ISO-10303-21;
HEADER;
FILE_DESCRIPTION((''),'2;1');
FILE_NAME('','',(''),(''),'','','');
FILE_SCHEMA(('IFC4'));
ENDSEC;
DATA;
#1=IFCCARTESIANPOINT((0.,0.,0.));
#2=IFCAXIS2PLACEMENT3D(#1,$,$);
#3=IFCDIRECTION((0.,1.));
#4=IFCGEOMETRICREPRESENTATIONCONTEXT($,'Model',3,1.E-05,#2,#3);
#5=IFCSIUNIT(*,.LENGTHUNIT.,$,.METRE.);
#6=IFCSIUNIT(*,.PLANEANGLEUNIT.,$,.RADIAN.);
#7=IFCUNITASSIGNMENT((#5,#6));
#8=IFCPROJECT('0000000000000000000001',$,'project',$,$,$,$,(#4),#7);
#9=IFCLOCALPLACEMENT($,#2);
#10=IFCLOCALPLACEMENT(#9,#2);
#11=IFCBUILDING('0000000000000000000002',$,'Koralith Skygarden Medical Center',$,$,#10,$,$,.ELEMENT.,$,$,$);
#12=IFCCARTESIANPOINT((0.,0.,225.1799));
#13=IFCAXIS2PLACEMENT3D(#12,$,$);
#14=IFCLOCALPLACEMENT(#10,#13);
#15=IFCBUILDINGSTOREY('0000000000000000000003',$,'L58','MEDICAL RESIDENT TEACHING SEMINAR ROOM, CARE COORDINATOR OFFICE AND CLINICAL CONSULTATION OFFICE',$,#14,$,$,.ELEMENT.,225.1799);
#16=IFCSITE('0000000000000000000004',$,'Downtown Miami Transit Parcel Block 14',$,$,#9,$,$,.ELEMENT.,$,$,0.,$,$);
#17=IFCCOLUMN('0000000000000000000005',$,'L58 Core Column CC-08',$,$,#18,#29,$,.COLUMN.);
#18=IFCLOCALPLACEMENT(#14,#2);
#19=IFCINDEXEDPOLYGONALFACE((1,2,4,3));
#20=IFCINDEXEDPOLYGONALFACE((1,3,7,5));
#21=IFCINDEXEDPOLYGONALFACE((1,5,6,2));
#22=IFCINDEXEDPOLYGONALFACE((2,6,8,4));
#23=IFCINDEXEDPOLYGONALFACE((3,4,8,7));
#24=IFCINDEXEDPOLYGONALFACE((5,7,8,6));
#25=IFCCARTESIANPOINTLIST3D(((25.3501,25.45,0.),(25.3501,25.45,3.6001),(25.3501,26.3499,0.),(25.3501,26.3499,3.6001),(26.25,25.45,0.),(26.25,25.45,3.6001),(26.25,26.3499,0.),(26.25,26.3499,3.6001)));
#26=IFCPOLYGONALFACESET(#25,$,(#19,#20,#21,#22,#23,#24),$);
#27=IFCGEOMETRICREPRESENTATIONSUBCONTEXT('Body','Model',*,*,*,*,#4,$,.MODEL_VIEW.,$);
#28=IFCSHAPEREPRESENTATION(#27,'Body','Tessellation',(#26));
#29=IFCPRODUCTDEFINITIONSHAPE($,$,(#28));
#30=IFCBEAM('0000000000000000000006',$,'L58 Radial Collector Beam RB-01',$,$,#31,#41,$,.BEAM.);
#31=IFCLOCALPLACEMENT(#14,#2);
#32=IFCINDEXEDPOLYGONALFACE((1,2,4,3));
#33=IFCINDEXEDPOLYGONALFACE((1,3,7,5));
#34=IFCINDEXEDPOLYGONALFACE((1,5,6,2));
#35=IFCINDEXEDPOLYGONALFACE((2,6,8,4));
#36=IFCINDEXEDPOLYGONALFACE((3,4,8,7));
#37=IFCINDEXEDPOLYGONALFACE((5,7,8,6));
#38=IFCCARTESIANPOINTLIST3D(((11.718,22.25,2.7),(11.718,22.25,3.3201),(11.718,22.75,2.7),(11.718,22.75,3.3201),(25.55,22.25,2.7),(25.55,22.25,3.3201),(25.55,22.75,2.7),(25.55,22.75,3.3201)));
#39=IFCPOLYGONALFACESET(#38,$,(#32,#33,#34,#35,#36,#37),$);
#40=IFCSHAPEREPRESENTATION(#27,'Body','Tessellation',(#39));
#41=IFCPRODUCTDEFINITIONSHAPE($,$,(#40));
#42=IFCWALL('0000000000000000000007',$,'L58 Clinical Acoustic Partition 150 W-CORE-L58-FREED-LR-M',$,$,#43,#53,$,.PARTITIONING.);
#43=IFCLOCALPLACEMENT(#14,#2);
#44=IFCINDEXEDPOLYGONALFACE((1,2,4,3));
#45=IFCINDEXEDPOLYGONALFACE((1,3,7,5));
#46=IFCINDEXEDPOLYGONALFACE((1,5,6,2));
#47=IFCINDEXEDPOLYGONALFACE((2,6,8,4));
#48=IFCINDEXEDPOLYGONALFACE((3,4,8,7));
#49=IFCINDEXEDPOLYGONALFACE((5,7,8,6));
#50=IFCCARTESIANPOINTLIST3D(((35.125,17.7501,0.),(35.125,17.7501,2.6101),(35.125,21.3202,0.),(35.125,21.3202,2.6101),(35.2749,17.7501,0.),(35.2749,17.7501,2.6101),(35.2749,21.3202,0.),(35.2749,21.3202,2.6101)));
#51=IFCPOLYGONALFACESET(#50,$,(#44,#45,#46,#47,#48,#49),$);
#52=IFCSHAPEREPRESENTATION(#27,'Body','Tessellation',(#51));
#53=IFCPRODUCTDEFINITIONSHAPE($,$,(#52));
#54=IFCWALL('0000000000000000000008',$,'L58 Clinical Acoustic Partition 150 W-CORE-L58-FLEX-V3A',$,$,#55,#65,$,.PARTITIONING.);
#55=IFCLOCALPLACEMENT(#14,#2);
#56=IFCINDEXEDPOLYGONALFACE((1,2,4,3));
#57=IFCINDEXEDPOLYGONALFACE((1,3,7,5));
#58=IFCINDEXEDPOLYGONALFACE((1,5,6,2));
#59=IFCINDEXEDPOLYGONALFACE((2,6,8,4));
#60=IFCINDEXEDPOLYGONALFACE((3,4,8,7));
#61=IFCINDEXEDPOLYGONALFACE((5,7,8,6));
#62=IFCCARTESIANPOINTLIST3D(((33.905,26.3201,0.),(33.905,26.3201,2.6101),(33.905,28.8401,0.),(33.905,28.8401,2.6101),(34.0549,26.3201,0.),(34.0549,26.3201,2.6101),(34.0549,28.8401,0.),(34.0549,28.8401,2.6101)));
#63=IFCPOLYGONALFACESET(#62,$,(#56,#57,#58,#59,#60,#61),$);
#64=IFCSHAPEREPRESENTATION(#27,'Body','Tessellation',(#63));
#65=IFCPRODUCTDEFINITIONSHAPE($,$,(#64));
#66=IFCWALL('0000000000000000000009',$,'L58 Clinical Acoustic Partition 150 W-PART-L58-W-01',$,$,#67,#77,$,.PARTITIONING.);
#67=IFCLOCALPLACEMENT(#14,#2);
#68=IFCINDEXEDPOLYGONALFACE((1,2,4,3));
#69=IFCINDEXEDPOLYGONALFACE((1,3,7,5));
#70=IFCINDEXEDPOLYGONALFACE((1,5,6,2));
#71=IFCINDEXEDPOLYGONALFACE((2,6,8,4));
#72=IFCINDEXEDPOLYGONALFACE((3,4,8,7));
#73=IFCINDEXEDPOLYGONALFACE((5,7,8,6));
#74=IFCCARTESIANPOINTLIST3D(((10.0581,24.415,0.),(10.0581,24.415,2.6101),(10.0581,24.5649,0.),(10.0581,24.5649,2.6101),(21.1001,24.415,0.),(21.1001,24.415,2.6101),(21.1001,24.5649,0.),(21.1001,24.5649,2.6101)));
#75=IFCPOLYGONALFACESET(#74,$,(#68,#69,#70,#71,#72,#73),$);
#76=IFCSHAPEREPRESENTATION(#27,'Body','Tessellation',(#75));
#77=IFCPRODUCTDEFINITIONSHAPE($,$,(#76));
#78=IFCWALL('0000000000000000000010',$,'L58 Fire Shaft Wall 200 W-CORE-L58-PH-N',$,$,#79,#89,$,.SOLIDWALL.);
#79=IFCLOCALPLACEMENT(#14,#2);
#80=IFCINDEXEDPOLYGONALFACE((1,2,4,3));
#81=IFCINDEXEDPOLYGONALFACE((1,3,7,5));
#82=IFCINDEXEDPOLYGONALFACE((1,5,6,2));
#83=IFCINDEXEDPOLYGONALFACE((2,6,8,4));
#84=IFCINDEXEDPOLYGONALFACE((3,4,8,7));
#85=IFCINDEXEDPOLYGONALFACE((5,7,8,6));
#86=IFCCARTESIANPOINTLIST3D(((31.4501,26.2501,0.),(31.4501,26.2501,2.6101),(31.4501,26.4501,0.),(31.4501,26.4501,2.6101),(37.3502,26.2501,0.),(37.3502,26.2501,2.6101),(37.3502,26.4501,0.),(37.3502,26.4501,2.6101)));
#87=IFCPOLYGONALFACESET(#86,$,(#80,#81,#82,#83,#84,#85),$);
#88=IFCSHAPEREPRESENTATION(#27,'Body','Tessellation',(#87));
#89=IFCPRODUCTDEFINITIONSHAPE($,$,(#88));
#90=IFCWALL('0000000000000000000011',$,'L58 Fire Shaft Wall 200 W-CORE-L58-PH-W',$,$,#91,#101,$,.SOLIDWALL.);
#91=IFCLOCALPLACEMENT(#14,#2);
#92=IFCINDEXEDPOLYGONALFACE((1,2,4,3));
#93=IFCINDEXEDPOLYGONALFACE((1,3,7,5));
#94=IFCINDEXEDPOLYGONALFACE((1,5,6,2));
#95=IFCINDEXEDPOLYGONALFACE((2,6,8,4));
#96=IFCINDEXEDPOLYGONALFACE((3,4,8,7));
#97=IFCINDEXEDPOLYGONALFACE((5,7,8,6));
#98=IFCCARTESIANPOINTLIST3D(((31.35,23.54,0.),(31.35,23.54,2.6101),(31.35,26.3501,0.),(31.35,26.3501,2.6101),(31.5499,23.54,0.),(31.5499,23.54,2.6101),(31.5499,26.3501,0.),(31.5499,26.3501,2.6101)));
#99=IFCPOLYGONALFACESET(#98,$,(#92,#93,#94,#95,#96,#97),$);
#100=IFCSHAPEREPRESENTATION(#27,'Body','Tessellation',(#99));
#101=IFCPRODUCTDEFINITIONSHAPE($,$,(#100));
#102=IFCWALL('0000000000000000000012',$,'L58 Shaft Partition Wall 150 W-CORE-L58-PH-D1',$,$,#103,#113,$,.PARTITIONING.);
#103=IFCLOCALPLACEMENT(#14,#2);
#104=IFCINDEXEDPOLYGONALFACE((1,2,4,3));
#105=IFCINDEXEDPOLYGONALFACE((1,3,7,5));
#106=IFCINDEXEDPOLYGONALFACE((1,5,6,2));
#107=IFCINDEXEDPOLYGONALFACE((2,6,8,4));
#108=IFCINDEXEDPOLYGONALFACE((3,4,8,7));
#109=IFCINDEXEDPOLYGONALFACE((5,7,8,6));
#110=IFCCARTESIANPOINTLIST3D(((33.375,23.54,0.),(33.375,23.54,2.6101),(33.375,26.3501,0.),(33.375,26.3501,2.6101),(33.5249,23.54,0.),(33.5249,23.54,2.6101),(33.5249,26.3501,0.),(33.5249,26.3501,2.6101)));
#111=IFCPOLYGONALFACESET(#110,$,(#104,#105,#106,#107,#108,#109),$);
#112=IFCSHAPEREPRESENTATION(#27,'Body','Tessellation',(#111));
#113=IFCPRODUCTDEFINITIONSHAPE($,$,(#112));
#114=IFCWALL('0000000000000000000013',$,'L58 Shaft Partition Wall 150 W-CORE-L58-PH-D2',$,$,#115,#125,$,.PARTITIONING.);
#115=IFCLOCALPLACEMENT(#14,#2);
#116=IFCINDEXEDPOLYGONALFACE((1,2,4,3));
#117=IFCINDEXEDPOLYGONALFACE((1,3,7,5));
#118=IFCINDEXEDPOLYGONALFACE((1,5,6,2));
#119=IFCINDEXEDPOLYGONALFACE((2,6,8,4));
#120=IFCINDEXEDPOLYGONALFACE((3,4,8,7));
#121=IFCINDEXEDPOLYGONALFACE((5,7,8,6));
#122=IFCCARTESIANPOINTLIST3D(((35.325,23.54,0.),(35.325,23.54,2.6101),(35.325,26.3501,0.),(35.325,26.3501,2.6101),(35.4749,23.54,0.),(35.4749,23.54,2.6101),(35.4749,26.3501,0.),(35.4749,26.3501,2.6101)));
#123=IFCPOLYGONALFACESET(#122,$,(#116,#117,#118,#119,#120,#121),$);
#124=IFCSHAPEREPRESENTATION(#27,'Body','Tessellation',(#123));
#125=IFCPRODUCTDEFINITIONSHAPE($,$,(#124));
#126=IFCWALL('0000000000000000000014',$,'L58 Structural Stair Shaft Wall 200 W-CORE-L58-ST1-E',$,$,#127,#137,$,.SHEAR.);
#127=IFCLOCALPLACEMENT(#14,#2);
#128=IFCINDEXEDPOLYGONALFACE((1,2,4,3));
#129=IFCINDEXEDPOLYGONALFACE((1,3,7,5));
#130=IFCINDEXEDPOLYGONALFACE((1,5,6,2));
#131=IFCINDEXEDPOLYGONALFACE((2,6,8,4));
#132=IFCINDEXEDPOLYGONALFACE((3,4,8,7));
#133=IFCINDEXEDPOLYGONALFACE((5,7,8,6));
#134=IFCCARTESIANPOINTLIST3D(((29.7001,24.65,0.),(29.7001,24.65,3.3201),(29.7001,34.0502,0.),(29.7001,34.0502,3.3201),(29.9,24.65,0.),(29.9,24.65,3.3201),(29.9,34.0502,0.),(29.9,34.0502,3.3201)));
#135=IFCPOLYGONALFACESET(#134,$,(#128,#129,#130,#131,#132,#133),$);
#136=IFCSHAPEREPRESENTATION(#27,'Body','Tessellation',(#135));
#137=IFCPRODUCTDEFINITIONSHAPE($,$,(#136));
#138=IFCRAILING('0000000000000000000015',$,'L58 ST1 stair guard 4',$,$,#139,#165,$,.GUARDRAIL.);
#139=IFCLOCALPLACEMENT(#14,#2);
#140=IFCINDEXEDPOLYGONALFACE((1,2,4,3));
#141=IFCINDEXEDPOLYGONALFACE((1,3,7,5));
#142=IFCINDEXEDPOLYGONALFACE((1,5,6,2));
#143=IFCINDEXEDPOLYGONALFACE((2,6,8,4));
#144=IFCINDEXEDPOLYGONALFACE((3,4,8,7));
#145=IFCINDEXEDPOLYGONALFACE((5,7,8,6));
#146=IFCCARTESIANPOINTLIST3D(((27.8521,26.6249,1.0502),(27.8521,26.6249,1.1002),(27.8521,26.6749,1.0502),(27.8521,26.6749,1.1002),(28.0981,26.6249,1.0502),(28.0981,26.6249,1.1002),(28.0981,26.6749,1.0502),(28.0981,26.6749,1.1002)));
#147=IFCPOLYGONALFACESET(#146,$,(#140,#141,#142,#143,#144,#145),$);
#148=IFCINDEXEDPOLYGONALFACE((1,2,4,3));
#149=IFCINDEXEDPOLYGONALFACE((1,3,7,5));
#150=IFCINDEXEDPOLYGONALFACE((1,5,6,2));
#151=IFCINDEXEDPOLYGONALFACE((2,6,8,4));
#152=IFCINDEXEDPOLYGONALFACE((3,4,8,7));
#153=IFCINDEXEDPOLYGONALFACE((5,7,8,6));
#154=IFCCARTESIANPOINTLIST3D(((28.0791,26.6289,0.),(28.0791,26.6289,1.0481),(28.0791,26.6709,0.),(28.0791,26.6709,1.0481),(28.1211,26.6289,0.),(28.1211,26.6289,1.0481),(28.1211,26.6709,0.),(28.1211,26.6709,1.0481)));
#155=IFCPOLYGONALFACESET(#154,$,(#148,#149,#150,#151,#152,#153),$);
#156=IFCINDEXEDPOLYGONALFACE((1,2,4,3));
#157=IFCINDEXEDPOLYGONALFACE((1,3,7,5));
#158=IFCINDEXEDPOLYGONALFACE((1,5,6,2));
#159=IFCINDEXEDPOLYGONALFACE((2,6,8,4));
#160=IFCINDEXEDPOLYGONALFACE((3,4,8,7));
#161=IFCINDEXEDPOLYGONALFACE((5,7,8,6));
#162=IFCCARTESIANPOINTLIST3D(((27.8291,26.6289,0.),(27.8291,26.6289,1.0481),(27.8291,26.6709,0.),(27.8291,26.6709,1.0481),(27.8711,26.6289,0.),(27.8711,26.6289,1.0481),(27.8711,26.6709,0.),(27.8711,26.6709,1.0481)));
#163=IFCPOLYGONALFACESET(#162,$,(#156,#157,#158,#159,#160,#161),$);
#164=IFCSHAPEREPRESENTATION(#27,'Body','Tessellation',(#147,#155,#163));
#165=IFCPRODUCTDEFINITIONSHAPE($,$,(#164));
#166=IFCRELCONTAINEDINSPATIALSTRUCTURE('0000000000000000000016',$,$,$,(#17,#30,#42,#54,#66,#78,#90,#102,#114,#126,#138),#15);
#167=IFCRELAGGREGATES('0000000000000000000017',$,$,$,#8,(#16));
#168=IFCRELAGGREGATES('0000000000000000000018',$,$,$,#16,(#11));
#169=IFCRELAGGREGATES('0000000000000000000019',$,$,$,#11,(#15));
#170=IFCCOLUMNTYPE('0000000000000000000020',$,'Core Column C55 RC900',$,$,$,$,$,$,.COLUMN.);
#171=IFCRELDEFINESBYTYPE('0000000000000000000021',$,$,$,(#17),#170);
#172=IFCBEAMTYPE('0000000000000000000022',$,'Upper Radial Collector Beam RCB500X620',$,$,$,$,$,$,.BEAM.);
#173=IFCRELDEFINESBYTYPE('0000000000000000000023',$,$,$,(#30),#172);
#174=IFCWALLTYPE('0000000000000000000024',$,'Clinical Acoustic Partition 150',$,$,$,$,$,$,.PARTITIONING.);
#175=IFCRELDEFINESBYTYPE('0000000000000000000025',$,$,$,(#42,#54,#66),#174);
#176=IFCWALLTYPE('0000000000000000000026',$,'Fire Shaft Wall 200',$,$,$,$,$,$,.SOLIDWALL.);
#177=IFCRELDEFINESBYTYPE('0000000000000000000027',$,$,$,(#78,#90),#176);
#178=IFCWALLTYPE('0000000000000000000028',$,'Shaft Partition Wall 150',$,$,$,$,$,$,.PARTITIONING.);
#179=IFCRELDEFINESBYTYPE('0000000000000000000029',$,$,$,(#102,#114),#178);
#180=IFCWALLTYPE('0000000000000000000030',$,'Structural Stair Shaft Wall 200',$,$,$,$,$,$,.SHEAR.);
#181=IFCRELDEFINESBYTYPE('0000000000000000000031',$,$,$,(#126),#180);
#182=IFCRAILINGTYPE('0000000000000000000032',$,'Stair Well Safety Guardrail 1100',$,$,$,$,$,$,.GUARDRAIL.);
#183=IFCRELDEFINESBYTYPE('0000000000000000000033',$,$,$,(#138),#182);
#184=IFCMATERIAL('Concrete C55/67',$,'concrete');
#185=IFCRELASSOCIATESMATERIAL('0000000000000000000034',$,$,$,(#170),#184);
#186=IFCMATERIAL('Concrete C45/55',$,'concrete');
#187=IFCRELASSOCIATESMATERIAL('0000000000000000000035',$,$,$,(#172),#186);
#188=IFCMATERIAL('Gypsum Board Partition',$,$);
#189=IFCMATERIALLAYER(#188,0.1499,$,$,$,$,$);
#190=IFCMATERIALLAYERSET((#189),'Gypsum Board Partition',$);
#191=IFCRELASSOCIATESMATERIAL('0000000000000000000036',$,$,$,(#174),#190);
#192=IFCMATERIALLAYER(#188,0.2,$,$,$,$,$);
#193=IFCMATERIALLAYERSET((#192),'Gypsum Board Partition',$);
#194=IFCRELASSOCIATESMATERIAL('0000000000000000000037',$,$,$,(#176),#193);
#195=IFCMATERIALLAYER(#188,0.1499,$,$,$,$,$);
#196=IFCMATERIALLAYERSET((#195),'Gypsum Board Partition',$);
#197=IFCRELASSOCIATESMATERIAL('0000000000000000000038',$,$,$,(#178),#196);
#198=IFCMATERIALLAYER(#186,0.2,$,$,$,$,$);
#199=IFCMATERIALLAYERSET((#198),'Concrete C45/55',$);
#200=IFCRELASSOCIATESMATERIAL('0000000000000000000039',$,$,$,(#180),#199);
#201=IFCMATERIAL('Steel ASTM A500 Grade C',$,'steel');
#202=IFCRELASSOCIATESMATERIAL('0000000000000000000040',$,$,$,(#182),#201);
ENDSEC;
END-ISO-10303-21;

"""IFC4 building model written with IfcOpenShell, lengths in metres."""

from ifc_helpers import new_model, si_unit, direction, frame, frame_2d, origin, origin_2d, place, context, subcontext, project, spatial, rectangle, extrude, material, layer, layer_set, material_profile, profile_set, type_object, element, save


model = new_model("IFC4")

# Units and contexts
model_context = context("Model", 3, precision=1e-05, world=origin(), true_north=direction((0.0, 1.0)))
body_context = subcontext(model_context, "Body", "Model", "MODEL_VIEW")
ifc_project = project(units=[si_unit("LENGTHUNIT", "METRE"), si_unit("PLANEANGLEUNIT", "RADIAN")], contexts=[model_context])

# Site, building, storey
site_placement = place(None, origin())
site = spatial("IfcSite", under=ifc_project, at=site_placement, Name="Downtown Miami Transit Parcel Block 14", CompositionType="ELEMENT", RefElevation=0.0)
building_placement = place(site_placement, origin())
building = spatial("IfcBuilding", under=site, at=building_placement, Name="Koralith Skygarden Medical Center", CompositionType="ELEMENT")
storey_placement = place(building_placement, frame((0.0, 0.0, 225.1799)))
storey = spatial("IfcBuildingStorey", under=building, at=storey_placement, Name="L58", Description="MEDICAL RESIDENT TEACHING SEMINAR ROOM, CARE COORDINATOR OFFICE AND CLINICAL CONSULTATION OFFICE", CompositionType="ELEMENT", Elevation=225.1799)

# Column
ifc_material_1 = material(Name="Concrete C55/67", Category="concrete")
ifc_material_profile_1 = material_profile(ifc_material_1, rectangle(XDim=0.8999, YDim=0.8999, at=origin_2d()), Name="RC900X900")
ifc_profile_set_1 = profile_set([ifc_material_profile_1], Name="Concrete C55/67")
column_type = type_object("IfcColumnType", Name="Core Column C55 RC900", PredefinedType="COLUMN", material=ifc_profile_set_1)
column_placement = place(storey_placement, frame((25.8, 25.8999, 0.0), z_axis=(0.0, 0.0, 1.0), x_axis=(1.0, 0.0, 0.0)))
element("IfcColumn", 1, at=column_placement, inside=storey, type_object=column_type, Name="L58 Core Column CC-08", PredefinedType="COLUMN", context=body_context, shape_type="SweptSolid", body=[
    extrude(rectangle(XDim=0.8999, YDim=0.8999, at=origin_2d()), origin(), (0.0, 0.0, 1.0), 3.6001),
])

# Beam
ifc_material_2 = material(Name="Concrete C45/55", Category="concrete")
ifc_material_profile_2 = material_profile(ifc_material_2, rectangle(XDim=0.5, YDim=0.6201, at=origin_2d()), Name="RCB500X620")
ifc_profile_set_2 = profile_set([ifc_material_profile_2], Name="Concrete C45/55")
beam_type = type_object("IfcBeamType", Name="Upper Radial Collector Beam RCB500X620", PredefinedType="BEAM", material=ifc_profile_set_2)
beam_placement = place(storey_placement, frame((25.55, 22.5, 3.01), z_axis=(-1.0, 0.0, 0.0), x_axis=(0.0, -1.0, 0.0)))
element("IfcBeam", 2, at=beam_placement, inside=storey, type_object=beam_type, Name="L58 Radial Collector Beam RB-01", PredefinedType="BEAM", context=body_context, shape_type="SweptSolid", body=[
    extrude(rectangle(XDim=0.5, YDim=0.6201, at=origin_2d()), origin(), (0.0, 0.0, 1.0), 13.832),
])

# Shared definitions
ifc_material_3 = material(Name="Gypsum Board Partition")
ifc_layer_1 = layer(ifc_material_3, 0.1499)
ifc_layer_set_1 = layer_set([ifc_layer_1], Name="Gypsum Board Partition")
wall_type_1 = type_object("IfcWallType", Name="Clinical Acoustic Partition 150", PredefinedType="PARTITIONING", material=ifc_layer_set_1)

# Walls
wall_1_placement = place(storey_placement, frame((35.2, 17.75, 0.0), z_axis=(0.0, 0.0, 1.0), x_axis=(0.0, 1.0, 0.0)))
element("IfcWall", 3, at=wall_1_placement, inside=storey, type_object=wall_type_1, Name="L58 Clinical Acoustic Partition 150 W-CORE-L58-FREED-LR-M", PredefinedType="PARTITIONING", context=body_context, shape_type="SweptSolid", body=[
    extrude(rectangle(XDim=3.5701, YDim=0.1499, at=frame_2d((1.7852, 0.0))), origin(), (0.0, 0.0, 1.0), 2.6101),
])
wall_2_placement = place(storey_placement, frame((33.98, 26.3201, 0.0), z_axis=(0.0, 0.0, 1.0), x_axis=(0.0, 1.0, 0.0)))
element("IfcWall", 4, at=wall_2_placement, inside=storey, type_object=wall_type_1, Name="L58 Clinical Acoustic Partition 150 W-CORE-L58-FLEX-V3A", PredefinedType="PARTITIONING", context=body_context, shape_type="SweptSolid", body=[
    extrude(rectangle(XDim=2.52, YDim=0.1499, at=frame_2d((1.26, 0.0))), origin(), (0.0, 0.0, 1.0), 2.6101),
])
wall_3_placement = place(storey_placement, frame((21.1001, 24.49, 0.0), z_axis=(0.0, 0.0, 1.0), x_axis=(-1.0, 0.0, 0.0)))
element("IfcWall", 5, at=wall_3_placement, inside=storey, type_object=wall_type_1, Name="L58 Clinical Acoustic Partition 150 W-PART-L58-W-01", PredefinedType="PARTITIONING", context=body_context, shape_type="SweptSolid", body=[
    extrude(rectangle(XDim=11.042, YDim=0.1499, at=frame_2d((5.521, 0.0))), origin(), (0.0, 0.0, 1.0), 2.6101),
])

# Shared definitions
ifc_layer_2 = layer(ifc_material_3, 0.2)
ifc_layer_set_2 = layer_set([ifc_layer_2], Name="Gypsum Board Partition")
wall_type_2 = type_object("IfcWallType", Name="Fire Shaft Wall 200", PredefinedType="SOLIDWALL", material=ifc_layer_set_2)
ifc_material_4 = material(Name="Steel ASTM A500 Grade C", Category="steel")

# Walls
wall_4_placement = place(storey_placement, frame((31.45, 26.3501, 0.0), z_axis=(0.0, 0.0, 1.0), x_axis=(1.0, 0.0, 0.0)))
element("IfcWall", 6, at=wall_4_placement, inside=storey, type_object=wall_type_2, Name="L58 Fire Shaft Wall 200 W-CORE-L58-PH-N", PredefinedType="SOLIDWALL", context=body_context, shape_type="SweptSolid", body=[
    extrude(rectangle(XDim=5.9001, YDim=0.2, at=frame_2d((2.9502, 0.0))), origin(), (0.0, 0.0, 1.0), 2.6101),
])
wall_5_placement = place(storey_placement, frame((31.45, 23.54, 0.0), z_axis=(0.0, 0.0, 1.0), x_axis=(0.0, 1.0, 0.0)))
element("IfcWall", 7, at=wall_5_placement, inside=storey, type_object=wall_type_2, Name="L58 Fire Shaft Wall 200 W-CORE-L58-PH-W", PredefinedType="SOLIDWALL", context=body_context, shape_type="SweptSolid", body=[
    extrude(rectangle(XDim=2.8101, YDim=0.2, at=frame_2d((1.405, 0.0))), origin(), (0.0, 0.0, 1.0), 2.6101),
])

# Walls
ifc_layer_3 = layer(ifc_material_3, 0.1499)
ifc_layer_set_3 = layer_set([ifc_layer_3], Name="Gypsum Board Partition")
wall_type_3 = type_object("IfcWallType", Name="Shaft Partition Wall 150", PredefinedType="PARTITIONING", material=ifc_layer_set_3)
for number, where, z_axis, x_axis, name in (
    (8, (33.45, 23.54, 0.0), (0.0, 0.0, 1.0), (0.0, 1.0, 0.0), "L58 Shaft Partition Wall 150 W-CORE-L58-PH-D1"),
    (9, (35.3999, 23.54, 0.0), (0.0, 0.0, 1.0), (0.0, 1.0, 0.0), "L58 Shaft Partition Wall 150 W-CORE-L58-PH-D2"),
):
    element("IfcWall", number, at=place(storey_placement, frame(where, z_axis=z_axis, x_axis=x_axis)), inside=storey, type_object=wall_type_3, Name=name, PredefinedType="PARTITIONING", context=body_context, shape_type="SweptSolid", body=[
        extrude(rectangle(XDim=2.8101, YDim=0.1499, at=frame_2d((1.405, 0.0))), origin(), (0.0, 0.0, 1.0), 2.6101),
    ])
ifc_layer_4 = layer(ifc_material_2, 0.2)
ifc_layer_set_4 = layer_set([ifc_layer_4], Name="Concrete C45/55")
wall_type_4 = type_object("IfcWallType", Name="Structural Stair Shaft Wall 200", PredefinedType="SHEAR", material=ifc_layer_set_4)
wall_6_placement = place(storey_placement, frame((29.8, 24.6499, 0.0), z_axis=(0.0, 0.0, 1.0), x_axis=(0.0, 1.0, 0.0)))
element("IfcWall", 10, at=wall_6_placement, inside=storey, type_object=wall_type_4, Name="L58 Structural Stair Shaft Wall 200 W-CORE-L58-ST1-E", PredefinedType="SHEAR", context=body_context, shape_type="SweptSolid", body=[
    extrude(rectangle(XDim=9.4001, YDim=0.2, at=frame_2d((4.7002, 0.0))), origin(), (0.0, 0.0, 1.0), 3.3201),
])

# Railing
railing_type = type_object("IfcRailingType", Name="Stair Well Safety Guardrail 1100", PredefinedType="GUARDRAIL", material=ifc_material_4)
railing_placement = place(storey_placement, frame((28.1001, 26.6499, 0.0)))
element("IfcRailing", 11, at=railing_placement, inside=storey, type_object=railing_type, Name="L58 ST1 stair guard 4", PredefinedType="GUARDRAIL", context=body_context, shape_type="SweptSolid", body=[
    extrude(rectangle(XDim=0.05, YDim=0.05, at=origin_2d()), frame((-0.002, 0.0, 1.0752), z_axis=(-1.0, 0.0, 0.0), x_axis=(0.0, -1.0, 0.0)), (0.0, 0.0, 1.0), 0.2461),
    extrude(rectangle(XDim=0.042, YDim=0.042, at=origin_2d()), origin(), (0.0, 0.0, 1.0), 1.0481),
    extrude(rectangle(XDim=0.042, YDim=0.042, at=origin_2d()), frame((-0.25, 0.0, 0.0)), (0.0, 0.0, 1.0), 1.0481),
])

save(model, "model.ifc")
